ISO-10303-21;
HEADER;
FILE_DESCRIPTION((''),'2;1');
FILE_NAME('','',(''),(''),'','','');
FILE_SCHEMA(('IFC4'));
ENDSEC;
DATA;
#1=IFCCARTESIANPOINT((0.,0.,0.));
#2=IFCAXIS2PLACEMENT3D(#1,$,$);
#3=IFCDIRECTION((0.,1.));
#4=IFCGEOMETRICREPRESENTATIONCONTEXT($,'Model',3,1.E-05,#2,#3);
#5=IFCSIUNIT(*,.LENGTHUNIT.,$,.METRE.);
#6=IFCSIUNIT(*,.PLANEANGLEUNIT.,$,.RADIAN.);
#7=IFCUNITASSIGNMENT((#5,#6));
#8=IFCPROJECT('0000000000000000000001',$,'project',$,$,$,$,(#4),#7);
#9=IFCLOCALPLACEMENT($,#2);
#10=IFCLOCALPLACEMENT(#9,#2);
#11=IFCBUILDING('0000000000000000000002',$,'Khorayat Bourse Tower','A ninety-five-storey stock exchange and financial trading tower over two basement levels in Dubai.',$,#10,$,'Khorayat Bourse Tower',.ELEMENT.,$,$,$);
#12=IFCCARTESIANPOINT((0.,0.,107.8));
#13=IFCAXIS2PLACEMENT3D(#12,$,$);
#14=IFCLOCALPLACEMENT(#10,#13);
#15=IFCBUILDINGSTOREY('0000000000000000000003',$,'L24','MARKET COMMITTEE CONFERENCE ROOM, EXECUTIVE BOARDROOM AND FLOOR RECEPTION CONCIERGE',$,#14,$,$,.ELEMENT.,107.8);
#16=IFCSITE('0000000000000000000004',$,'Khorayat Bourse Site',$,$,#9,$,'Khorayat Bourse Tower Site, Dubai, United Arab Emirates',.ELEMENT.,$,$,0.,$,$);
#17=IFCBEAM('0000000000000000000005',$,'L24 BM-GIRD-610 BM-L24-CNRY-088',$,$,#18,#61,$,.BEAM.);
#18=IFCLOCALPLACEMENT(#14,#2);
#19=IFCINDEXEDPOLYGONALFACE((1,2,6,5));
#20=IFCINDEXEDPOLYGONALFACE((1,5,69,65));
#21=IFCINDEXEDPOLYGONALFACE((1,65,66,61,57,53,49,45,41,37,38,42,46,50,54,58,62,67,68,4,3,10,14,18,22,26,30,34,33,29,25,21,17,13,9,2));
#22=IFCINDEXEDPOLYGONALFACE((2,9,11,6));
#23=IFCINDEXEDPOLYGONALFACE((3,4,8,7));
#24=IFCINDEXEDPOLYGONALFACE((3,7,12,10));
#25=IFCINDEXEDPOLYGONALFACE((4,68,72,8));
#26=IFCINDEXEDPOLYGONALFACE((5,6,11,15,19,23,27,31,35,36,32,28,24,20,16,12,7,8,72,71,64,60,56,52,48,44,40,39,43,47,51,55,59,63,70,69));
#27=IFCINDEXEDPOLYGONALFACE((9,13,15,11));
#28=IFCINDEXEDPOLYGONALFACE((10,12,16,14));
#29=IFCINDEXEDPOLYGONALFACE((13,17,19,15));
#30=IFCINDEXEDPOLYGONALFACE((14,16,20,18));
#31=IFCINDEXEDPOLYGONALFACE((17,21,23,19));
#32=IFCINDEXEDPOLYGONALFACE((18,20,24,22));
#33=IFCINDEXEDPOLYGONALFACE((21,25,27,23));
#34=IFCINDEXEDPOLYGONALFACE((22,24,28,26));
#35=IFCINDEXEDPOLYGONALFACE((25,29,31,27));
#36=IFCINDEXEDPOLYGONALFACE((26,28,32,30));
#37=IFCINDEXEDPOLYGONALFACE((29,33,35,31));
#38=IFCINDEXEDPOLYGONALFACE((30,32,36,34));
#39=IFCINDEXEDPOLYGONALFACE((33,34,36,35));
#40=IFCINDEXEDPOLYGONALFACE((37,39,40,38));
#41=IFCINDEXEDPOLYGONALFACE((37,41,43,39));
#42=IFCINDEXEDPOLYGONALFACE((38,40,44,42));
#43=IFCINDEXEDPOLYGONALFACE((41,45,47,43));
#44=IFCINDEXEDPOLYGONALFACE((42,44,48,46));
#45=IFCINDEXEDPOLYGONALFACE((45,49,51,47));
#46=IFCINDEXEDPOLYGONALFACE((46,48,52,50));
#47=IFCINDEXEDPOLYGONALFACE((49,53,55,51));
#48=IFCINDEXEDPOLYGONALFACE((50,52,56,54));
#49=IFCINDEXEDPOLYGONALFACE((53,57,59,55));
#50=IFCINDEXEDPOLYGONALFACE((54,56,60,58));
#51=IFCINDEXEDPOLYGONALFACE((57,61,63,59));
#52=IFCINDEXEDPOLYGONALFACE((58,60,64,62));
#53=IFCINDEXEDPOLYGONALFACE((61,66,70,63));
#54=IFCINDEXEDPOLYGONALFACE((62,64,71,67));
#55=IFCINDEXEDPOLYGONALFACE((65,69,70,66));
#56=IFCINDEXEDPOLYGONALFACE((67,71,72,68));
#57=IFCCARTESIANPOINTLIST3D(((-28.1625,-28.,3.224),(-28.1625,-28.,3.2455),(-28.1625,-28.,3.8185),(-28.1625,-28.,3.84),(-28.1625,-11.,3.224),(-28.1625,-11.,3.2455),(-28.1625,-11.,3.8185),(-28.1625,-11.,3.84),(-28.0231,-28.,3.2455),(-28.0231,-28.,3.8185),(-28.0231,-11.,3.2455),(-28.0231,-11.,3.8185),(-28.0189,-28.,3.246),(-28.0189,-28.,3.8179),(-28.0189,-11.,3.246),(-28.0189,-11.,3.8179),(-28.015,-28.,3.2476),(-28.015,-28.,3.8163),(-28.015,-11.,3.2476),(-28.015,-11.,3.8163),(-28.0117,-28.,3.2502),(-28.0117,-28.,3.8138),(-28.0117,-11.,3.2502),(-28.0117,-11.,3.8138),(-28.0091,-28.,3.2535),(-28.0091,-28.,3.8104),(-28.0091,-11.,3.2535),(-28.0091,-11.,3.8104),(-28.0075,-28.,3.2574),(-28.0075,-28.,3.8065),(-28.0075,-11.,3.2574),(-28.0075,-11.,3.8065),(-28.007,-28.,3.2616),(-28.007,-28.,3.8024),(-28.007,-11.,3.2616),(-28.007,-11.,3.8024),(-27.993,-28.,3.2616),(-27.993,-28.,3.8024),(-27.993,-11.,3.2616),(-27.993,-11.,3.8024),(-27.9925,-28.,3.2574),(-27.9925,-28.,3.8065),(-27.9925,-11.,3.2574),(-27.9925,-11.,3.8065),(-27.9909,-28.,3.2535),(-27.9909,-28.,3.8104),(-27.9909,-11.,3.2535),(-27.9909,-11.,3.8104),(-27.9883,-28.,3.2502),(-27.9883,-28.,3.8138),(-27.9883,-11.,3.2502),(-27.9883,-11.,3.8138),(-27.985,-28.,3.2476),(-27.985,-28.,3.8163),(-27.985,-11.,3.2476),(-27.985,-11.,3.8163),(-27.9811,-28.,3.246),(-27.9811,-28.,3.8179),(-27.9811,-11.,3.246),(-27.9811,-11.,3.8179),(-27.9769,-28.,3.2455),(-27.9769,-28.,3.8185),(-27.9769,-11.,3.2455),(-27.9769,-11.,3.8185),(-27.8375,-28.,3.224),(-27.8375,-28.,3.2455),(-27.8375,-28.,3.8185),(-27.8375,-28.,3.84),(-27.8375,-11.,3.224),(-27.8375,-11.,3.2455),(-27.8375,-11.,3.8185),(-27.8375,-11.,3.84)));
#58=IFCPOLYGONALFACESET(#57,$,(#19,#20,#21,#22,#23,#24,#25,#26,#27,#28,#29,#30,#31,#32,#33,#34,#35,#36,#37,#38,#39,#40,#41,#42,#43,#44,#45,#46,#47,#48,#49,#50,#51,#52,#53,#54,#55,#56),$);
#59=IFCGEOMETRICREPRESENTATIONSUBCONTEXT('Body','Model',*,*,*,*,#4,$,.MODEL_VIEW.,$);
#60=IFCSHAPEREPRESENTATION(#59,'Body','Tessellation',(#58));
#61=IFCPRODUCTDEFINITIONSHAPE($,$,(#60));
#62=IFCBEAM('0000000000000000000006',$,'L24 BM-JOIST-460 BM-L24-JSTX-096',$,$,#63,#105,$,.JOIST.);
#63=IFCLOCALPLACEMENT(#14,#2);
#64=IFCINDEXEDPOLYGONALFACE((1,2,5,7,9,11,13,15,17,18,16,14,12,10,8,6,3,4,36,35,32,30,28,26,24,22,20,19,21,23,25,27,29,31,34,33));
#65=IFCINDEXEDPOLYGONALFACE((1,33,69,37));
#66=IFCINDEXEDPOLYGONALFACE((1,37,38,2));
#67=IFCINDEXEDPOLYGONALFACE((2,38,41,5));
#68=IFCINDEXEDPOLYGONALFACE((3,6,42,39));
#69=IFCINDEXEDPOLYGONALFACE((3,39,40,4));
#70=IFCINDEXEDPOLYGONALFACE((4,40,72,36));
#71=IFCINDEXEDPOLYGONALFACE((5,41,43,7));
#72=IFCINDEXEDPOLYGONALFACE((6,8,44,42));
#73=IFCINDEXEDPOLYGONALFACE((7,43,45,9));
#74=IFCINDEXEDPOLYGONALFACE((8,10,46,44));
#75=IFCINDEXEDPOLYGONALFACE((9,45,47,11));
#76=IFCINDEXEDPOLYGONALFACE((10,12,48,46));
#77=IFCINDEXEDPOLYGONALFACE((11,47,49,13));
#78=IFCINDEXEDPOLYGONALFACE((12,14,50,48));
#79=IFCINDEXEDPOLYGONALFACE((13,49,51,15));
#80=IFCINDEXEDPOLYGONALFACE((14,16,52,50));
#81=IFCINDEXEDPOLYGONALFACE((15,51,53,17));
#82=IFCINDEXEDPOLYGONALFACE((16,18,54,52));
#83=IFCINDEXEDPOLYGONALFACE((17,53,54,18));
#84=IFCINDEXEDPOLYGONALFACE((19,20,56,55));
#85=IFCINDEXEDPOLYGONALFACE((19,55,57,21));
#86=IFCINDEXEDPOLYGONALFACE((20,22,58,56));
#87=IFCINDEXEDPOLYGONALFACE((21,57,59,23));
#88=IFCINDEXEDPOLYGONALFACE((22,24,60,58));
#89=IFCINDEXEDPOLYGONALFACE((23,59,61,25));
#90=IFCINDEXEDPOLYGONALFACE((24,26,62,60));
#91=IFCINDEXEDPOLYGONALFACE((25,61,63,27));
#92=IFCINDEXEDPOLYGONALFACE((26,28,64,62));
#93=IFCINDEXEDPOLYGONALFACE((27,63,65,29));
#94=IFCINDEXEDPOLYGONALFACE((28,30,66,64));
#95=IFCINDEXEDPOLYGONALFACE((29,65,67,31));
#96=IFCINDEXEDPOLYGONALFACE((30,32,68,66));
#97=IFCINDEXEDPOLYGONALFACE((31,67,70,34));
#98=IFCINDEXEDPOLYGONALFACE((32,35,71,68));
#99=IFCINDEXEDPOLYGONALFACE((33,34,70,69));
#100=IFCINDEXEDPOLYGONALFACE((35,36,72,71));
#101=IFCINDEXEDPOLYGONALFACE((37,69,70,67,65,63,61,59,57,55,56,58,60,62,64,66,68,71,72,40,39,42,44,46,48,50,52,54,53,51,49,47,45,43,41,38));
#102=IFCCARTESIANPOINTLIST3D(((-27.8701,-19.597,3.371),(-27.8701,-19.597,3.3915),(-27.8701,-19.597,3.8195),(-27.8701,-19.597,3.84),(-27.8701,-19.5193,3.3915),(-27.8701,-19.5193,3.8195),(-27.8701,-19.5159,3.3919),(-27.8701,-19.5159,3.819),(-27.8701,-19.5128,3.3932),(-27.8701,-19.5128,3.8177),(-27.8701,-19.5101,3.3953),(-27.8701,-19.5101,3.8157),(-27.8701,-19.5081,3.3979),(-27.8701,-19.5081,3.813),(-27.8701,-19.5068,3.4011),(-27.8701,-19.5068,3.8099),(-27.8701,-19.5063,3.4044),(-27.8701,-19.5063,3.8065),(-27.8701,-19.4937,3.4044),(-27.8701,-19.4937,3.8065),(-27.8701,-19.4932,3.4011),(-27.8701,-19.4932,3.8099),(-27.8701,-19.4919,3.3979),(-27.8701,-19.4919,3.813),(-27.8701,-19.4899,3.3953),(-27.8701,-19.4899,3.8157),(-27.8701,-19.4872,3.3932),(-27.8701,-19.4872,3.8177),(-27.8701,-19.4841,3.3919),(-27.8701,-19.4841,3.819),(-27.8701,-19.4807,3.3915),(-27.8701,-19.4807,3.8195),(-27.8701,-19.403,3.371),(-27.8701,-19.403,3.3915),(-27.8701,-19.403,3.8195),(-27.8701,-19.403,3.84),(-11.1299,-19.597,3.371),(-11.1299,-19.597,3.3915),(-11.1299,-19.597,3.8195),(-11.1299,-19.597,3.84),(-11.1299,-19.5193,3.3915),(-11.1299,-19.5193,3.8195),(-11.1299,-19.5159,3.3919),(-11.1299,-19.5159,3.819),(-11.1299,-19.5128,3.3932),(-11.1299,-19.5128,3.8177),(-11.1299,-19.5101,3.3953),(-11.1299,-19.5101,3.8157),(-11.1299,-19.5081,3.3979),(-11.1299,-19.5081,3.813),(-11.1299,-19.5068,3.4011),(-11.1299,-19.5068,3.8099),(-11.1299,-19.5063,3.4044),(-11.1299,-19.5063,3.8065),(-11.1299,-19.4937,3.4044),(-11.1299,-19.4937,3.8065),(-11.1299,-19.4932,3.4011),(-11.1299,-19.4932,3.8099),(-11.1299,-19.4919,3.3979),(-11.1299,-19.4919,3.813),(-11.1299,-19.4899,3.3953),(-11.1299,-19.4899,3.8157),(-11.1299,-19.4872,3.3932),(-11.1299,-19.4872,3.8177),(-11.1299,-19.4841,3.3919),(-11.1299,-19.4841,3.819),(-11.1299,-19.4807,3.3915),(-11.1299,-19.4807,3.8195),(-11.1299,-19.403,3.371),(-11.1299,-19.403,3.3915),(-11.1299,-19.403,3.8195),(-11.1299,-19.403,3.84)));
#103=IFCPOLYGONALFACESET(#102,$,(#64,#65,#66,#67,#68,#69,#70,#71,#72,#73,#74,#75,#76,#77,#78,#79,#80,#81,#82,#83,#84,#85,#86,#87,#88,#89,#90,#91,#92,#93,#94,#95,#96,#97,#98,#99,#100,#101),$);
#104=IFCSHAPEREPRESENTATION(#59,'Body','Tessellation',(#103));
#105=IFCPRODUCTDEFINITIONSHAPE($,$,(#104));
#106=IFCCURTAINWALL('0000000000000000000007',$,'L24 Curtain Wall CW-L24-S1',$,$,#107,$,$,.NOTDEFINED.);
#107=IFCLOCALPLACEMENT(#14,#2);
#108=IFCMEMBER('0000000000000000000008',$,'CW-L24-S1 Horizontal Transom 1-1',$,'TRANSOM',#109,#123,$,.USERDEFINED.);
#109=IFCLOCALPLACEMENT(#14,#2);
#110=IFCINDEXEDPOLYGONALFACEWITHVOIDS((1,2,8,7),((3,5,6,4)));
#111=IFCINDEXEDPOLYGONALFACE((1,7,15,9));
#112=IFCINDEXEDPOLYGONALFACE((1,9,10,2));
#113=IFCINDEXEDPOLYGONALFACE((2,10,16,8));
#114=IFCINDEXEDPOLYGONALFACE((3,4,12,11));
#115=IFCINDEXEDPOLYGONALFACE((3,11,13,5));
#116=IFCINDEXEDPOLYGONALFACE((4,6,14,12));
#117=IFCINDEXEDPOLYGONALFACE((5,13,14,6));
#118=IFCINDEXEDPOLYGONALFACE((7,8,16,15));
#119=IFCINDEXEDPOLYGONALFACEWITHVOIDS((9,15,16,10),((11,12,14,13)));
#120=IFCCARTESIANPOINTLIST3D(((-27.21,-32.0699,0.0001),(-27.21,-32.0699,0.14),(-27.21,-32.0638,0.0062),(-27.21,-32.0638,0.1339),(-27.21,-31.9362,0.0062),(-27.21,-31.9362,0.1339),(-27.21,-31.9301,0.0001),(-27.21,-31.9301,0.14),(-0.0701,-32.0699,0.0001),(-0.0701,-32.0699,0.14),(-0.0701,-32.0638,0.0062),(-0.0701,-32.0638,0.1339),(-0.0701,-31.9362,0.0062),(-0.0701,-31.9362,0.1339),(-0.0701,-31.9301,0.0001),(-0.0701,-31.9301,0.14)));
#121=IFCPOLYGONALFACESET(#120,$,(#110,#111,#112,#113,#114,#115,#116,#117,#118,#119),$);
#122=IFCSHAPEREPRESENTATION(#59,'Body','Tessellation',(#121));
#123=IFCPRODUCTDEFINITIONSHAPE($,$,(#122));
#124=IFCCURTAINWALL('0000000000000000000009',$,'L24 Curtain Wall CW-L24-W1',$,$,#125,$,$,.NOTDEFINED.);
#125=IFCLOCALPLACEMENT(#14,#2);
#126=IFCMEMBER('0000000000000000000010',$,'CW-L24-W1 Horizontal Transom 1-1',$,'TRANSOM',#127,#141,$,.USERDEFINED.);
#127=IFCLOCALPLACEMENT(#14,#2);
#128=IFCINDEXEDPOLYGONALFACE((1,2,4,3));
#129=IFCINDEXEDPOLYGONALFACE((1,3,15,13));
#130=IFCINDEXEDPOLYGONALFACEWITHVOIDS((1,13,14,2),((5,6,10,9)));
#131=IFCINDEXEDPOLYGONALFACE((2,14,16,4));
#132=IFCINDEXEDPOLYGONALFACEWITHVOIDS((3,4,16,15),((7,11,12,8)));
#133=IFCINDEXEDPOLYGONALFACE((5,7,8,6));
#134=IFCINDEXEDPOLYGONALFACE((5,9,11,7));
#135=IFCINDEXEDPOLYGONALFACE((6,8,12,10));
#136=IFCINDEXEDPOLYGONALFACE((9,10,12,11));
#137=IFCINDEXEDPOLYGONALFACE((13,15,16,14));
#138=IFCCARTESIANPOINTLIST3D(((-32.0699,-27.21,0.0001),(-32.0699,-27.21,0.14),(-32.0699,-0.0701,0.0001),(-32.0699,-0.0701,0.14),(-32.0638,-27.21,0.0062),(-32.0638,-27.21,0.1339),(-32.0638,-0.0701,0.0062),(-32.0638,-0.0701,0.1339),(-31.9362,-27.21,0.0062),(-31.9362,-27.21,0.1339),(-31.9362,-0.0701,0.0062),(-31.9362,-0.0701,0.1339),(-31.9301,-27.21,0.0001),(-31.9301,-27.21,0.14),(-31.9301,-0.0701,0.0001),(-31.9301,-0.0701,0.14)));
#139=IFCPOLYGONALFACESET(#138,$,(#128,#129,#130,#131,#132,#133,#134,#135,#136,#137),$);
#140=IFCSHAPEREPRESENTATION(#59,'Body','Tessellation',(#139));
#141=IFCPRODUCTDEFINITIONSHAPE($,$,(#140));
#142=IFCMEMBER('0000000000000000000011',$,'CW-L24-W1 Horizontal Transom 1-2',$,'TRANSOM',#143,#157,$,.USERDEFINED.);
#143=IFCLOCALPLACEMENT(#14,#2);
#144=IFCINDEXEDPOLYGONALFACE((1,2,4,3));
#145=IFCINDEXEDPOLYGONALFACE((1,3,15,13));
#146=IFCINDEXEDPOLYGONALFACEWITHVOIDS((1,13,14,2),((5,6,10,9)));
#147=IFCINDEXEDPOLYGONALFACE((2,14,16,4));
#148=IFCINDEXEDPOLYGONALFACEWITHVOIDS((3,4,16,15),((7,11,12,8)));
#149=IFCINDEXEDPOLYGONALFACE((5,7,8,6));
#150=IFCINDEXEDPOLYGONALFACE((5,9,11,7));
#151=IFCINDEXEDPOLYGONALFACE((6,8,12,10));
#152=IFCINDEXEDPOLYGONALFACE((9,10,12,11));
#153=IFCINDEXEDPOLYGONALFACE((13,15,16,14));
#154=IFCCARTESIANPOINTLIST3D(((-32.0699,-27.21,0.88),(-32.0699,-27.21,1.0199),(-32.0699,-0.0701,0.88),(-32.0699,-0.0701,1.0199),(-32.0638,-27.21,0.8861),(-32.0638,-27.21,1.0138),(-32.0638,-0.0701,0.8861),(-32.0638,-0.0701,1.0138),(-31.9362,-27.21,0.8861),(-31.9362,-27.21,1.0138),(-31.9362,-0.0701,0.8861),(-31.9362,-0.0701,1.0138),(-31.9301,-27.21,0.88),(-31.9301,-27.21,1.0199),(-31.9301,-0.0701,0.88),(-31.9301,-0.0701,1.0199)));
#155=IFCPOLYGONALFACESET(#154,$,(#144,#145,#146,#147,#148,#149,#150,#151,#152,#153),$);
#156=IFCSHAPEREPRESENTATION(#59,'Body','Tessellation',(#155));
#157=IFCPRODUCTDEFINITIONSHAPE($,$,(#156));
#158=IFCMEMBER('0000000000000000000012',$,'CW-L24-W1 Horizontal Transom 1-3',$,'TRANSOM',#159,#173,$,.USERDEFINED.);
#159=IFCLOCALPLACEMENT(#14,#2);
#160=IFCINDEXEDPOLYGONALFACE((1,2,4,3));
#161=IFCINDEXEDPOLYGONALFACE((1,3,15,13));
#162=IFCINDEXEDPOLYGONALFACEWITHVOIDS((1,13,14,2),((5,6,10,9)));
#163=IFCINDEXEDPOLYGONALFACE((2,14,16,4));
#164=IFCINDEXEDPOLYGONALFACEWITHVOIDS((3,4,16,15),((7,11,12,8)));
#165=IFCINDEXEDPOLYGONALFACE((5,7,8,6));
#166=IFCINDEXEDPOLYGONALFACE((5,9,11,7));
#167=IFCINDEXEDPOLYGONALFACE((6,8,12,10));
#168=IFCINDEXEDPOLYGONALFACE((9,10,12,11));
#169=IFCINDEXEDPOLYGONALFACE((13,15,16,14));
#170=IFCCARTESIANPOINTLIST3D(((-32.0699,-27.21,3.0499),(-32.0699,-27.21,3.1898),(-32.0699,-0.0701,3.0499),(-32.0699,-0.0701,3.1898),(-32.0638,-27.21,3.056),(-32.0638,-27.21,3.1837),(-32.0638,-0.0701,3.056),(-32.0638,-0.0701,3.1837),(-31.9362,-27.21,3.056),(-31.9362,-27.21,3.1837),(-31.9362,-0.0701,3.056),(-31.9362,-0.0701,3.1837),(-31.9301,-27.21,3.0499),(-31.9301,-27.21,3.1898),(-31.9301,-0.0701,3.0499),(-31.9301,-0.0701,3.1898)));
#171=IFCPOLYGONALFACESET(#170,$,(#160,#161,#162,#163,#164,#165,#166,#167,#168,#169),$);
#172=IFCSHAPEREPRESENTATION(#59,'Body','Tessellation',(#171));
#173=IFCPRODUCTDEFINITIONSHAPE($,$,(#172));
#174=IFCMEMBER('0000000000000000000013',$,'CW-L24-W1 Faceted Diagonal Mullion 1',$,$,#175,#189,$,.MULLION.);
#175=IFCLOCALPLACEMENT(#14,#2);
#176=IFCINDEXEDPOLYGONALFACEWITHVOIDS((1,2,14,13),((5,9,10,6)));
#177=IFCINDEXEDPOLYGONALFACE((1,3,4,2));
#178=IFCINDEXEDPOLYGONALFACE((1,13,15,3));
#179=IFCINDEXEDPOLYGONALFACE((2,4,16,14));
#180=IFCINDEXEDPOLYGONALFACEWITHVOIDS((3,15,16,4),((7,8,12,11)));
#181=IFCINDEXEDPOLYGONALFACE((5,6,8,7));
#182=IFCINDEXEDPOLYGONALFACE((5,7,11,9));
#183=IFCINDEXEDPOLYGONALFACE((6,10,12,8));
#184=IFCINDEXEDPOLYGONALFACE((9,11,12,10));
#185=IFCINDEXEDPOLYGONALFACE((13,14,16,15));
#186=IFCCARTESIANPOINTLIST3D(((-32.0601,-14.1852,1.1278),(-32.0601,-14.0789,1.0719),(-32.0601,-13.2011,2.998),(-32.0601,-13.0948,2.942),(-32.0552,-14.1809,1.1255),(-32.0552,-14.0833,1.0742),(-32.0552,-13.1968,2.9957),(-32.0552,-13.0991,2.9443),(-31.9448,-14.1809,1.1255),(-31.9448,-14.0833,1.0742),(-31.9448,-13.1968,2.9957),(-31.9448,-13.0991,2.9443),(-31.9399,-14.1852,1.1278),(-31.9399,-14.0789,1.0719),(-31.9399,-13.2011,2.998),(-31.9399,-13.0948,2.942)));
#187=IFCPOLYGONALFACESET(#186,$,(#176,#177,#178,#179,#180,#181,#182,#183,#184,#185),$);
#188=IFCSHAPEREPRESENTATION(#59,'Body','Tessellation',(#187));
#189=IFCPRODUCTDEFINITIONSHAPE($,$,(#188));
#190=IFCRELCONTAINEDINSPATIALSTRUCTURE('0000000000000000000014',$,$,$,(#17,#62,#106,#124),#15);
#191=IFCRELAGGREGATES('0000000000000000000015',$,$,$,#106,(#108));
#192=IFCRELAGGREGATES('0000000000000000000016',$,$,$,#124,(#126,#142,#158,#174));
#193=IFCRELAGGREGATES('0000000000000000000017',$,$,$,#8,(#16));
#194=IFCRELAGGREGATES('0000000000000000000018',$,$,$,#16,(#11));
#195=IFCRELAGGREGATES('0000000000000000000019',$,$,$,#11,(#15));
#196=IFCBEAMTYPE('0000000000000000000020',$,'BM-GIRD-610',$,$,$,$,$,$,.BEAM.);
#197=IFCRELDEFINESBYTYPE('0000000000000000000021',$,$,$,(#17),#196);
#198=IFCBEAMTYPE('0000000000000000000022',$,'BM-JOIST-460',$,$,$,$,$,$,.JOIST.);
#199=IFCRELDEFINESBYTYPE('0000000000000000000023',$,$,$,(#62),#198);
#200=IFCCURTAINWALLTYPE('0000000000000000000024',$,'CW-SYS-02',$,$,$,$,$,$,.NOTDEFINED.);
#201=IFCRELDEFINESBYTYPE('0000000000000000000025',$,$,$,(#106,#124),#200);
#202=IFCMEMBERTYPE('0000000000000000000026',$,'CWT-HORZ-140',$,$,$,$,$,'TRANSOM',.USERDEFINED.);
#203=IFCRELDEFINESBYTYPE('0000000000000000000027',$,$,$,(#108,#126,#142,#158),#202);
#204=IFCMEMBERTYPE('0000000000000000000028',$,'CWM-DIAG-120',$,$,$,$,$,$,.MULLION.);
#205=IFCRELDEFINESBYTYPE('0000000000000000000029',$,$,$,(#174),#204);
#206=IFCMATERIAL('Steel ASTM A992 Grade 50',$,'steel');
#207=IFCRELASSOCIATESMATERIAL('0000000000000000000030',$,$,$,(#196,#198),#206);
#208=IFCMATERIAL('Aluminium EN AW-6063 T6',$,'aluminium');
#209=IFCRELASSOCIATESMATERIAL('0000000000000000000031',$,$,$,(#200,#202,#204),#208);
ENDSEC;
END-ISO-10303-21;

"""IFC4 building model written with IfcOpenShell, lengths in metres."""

from ifc_helpers import new_model, si_unit, direction, frame, origin, origin_2d, place, context, subcontext, project, spatial, hollow_rectangle, i_section, extrude, source, transform, mapped, material, material_profile, profile_set, type_object, element, aggregate, save


model = new_model("IFC4")

# Units and contexts
model_context = context("Model", 3, precision=1e-05, world=origin(), true_north=direction((0.0, 1.0)))
body_context = subcontext(model_context, "Body", "Model", "MODEL_VIEW")
ifc_project = project(units=[si_unit("LENGTHUNIT", "METRE"), si_unit("PLANEANGLEUNIT", "RADIAN")], contexts=[model_context])

# Site, building, storey
site_placement = place(None, origin())
site = spatial("IfcSite", under=ifc_project, at=site_placement, Name="Khorayat Bourse Site", LongName="Khorayat Bourse Tower Site, Dubai, United Arab Emirates", CompositionType="ELEMENT", RefElevation=0.0)
building_placement = place(site_placement, origin())
building = spatial("IfcBuilding", under=site, at=building_placement, Name="Khorayat Bourse Tower", Description="A ninety-five-storey stock exchange and financial trading tower over two basement levels in Dubai.", LongName="Khorayat Bourse Tower", CompositionType="ELEMENT")
storey_placement = place(building_placement, frame((0.0, 0.0, 107.8)))
storey = spatial("IfcBuildingStorey", under=building, at=storey_placement, Name="L24", Description="MARKET COMMITTEE CONFERENCE ROOM, EXECUTIVE BOARDROOM AND FLOOR RECEPTION CONCIERGE", CompositionType="ELEMENT", Elevation=107.8)

# Beams
ifc_material_1 = material(Name="Steel ASTM A992 Grade 50", Category="steel")
ifc_material_profile_1 = material_profile(ifc_material_1, i_section(OverallWidth=0.325, OverallDepth=0.616, WebThickness=0.0139, FlangeThickness=0.0215, FilletRadius=0.0161, at=origin_2d()), Name="W610X174")
ifc_profile_set_1 = profile_set([ifc_material_profile_1], Name="Steel ASTM A992 Grade 50")
beam_type_1 = type_object("IfcBeamType", Name="BM-GIRD-610", PredefinedType="BEAM", material=ifc_profile_set_1)
shared_shape_1 = source(origin(), body_context, "Body", "SweptSolid", [
    extrude(i_section(OverallWidth=0.325, OverallDepth=0.616, WebThickness=0.0139, FlangeThickness=0.0215, FilletRadius=0.0161, at=origin_2d()), origin(), (0.0, 0.0, 1.0), 17.0),
])
beam_1_placement = place(storey_placement, frame((-28.0, -28.0, 3.532), z_axis=(0.0, 1.0, 0.0), x_axis=(-1.0, 0.0, 0.0)))
element("IfcBeam", 1, at=beam_1_placement, inside=storey, type_object=beam_type_1, Name="L24 BM-GIRD-610 BM-L24-CNRY-088", PredefinedType="BEAM", context=body_context, shape_type="MappedRepresentation", body=[
    mapped(shared_shape_1, transform((0.0, 0.0, 0.0), scale=1.0)),
])
ifc_material_profile_2 = material_profile(ifc_material_1, i_section(OverallWidth=0.1941, OverallDepth=0.469, WebThickness=0.0127, FlangeThickness=0.0205, FilletRadius=0.0129, at=origin_2d()), Name="W460X106")
ifc_profile_set_2 = profile_set([ifc_material_profile_2], Name="Steel ASTM A992 Grade 50")
beam_type_2 = type_object("IfcBeamType", Name="BM-JOIST-460", PredefinedType="JOIST", material=ifc_profile_set_2)
shared_shape_2 = source(origin(), body_context, "Body", "SweptSolid", [
    extrude(i_section(OverallWidth=0.1941, OverallDepth=0.469, WebThickness=0.0127, FlangeThickness=0.0205, FilletRadius=0.0129, at=origin_2d()), origin(), (0.0, 0.0, 1.0), 16.7402),
])
beam_2_placement = place(storey_placement, frame((-27.8701, -19.5, 3.6055), z_axis=(1.0, 0.0, 0.0), x_axis=(0.0, 1.0, 0.0)))
element("IfcBeam", 2, at=beam_2_placement, inside=storey, type_object=beam_type_2, Name="L24 BM-JOIST-460 BM-L24-JSTX-096", PredefinedType="JOIST", context=body_context, shape_type="MappedRepresentation", body=[
    mapped(shared_shape_2, transform((0.0, 0.0, 0.0), scale=1.0)),
])

# Curtain wall, member
ifc_material_2 = material(Name="Aluminium EN AW-6063 T6", Category="aluminium")
curtain_wall_type = type_object("IfcCurtainWallType", Name="CW-SYS-02", PredefinedType="NOTDEFINED", material=ifc_material_2)
curtain_wall_1_placement = place(storey_placement, origin())
curtain_wall_1 = element("IfcCurtainWall", 3, at=curtain_wall_1_placement, inside=storey, type_object=curtain_wall_type, Name="L24 Curtain Wall CW-L24-S1", PredefinedType="NOTDEFINED")
ifc_material_profile_3 = material_profile(ifc_material_2, hollow_rectangle(XDim=0.1399, YDim=0.1399, WallThickness=0.0061, at=origin_2d()), Name="ALU 140x140x6")
ifc_profile_set_3 = profile_set([ifc_material_profile_3], Name="Aluminium EN AW-6063 T6")
member_type_1 = type_object("IfcMemberType", Name="CWT-HORZ-140", ElementType="TRANSOM", PredefinedType="USERDEFINED", material=ifc_profile_set_3)
shared_shape_3 = source(origin(), body_context, "Body", "SweptSolid", [
    extrude(hollow_rectangle(XDim=0.1399, YDim=0.1399, WallThickness=0.0061, at=origin_2d()), origin(), (0.0, 0.0, 1.0), 27.1399),
])
member_1_placement = place(storey_placement, frame((-27.21, -32.0, 0.0701), z_axis=(1.0, 0.0, 0.0), x_axis=(0.0, 1.0, 0.0)))
member_1 = element("IfcMember", 4, at=member_1_placement, type_object=member_type_1, Name="CW-L24-S1 Horizontal Transom 1-1", ObjectType="TRANSOM", PredefinedType="USERDEFINED", context=body_context, shape_type="MappedRepresentation", body=[
    mapped(shared_shape_3, transform((0.0, 0.0, 0.0), scale=1.0)),
])

# Curtain wall, members
curtain_wall_2_placement = place(storey_placement, origin())
curtain_wall_2 = element("IfcCurtainWall", 5, at=curtain_wall_2_placement, inside=storey, type_object=curtain_wall_type, Name="L24 Curtain Wall CW-L24-W1", PredefinedType="NOTDEFINED")
member_2_placement = place(storey_placement, frame((-32.0, -27.21, 0.0701), z_axis=(0.0, 1.0, 0.0), x_axis=(-1.0, 0.0, 0.0)))
member_2 = element("IfcMember", 6, at=member_2_placement, type_object=member_type_1, Name="CW-L24-W1 Horizontal Transom 1-1", ObjectType="TRANSOM", PredefinedType="USERDEFINED", context=body_context, shape_type="MappedRepresentation", body=[
    mapped(shared_shape_3, transform((0.0, 0.0, 0.0), scale=1.0)),
])
member_3_placement = place(storey_placement, frame((-32.0, -27.21, 0.95), z_axis=(0.0, 1.0, 0.0), x_axis=(-1.0, 0.0, 0.0)))
member_3 = element("IfcMember", 7, at=member_3_placement, type_object=member_type_1, Name="CW-L24-W1 Horizontal Transom 1-2", ObjectType="TRANSOM", PredefinedType="USERDEFINED", context=body_context, shape_type="MappedRepresentation", body=[
    mapped(shared_shape_3, transform((0.0, 0.0, 0.0), scale=1.0)),
])
member_4_placement = place(storey_placement, frame((-32.0, -27.21, 3.1199), z_axis=(0.0, 1.0, 0.0), x_axis=(-1.0, 0.0, 0.0)))
member_4 = element("IfcMember", 8, at=member_4_placement, type_object=member_type_1, Name="CW-L24-W1 Horizontal Transom 1-3", ObjectType="TRANSOM", PredefinedType="USERDEFINED", context=body_context, shape_type="MappedRepresentation", body=[
    mapped(shared_shape_3, transform((0.0, 0.0, 0.0), scale=1.0)),
])
ifc_material_profile_4 = material_profile(ifc_material_2, hollow_rectangle(XDim=0.1201, YDim=0.1201, WallThickness=0.0049, at=origin_2d()), Name="ALU 120x120x5")
ifc_profile_set_4 = profile_set([ifc_material_profile_4], Name="Aluminium EN AW-6063 T6")
member_type_2 = type_object("IfcMemberType", Name="CWM-DIAG-120", PredefinedType="MULLION", material=ifc_profile_set_4)
shared_shape_4 = source(origin(), body_context, "Body", "SweptSolid", [
    extrude(hollow_rectangle(XDim=0.1201, YDim=0.1201, WallThickness=0.0049, at=origin_2d()), origin(), (0.0, 0.0, 1.0), 2.1133),
])
member_5_placement = place(storey_placement, frame((-32.0, -14.1321, 1.0999), z_axis=(0.0, 0.465694, 0.884946), x_axis=(-1.0, 0.0, 0.0)))
member_5 = element("IfcMember", 9, at=member_5_placement, type_object=member_type_2, Name="CW-L24-W1 Faceted Diagonal Mullion 1", PredefinedType="MULLION", context=body_context, shape_type="MappedRepresentation", body=[
    mapped(shared_shape_4, transform((0.0, 0.0, 0.0), scale=1.0)),
])

aggregate(curtain_wall_1, [member_1])

aggregate(curtain_wall_2, [member_2, member_3, member_4, member_5])

save(model, "model.ifc")
